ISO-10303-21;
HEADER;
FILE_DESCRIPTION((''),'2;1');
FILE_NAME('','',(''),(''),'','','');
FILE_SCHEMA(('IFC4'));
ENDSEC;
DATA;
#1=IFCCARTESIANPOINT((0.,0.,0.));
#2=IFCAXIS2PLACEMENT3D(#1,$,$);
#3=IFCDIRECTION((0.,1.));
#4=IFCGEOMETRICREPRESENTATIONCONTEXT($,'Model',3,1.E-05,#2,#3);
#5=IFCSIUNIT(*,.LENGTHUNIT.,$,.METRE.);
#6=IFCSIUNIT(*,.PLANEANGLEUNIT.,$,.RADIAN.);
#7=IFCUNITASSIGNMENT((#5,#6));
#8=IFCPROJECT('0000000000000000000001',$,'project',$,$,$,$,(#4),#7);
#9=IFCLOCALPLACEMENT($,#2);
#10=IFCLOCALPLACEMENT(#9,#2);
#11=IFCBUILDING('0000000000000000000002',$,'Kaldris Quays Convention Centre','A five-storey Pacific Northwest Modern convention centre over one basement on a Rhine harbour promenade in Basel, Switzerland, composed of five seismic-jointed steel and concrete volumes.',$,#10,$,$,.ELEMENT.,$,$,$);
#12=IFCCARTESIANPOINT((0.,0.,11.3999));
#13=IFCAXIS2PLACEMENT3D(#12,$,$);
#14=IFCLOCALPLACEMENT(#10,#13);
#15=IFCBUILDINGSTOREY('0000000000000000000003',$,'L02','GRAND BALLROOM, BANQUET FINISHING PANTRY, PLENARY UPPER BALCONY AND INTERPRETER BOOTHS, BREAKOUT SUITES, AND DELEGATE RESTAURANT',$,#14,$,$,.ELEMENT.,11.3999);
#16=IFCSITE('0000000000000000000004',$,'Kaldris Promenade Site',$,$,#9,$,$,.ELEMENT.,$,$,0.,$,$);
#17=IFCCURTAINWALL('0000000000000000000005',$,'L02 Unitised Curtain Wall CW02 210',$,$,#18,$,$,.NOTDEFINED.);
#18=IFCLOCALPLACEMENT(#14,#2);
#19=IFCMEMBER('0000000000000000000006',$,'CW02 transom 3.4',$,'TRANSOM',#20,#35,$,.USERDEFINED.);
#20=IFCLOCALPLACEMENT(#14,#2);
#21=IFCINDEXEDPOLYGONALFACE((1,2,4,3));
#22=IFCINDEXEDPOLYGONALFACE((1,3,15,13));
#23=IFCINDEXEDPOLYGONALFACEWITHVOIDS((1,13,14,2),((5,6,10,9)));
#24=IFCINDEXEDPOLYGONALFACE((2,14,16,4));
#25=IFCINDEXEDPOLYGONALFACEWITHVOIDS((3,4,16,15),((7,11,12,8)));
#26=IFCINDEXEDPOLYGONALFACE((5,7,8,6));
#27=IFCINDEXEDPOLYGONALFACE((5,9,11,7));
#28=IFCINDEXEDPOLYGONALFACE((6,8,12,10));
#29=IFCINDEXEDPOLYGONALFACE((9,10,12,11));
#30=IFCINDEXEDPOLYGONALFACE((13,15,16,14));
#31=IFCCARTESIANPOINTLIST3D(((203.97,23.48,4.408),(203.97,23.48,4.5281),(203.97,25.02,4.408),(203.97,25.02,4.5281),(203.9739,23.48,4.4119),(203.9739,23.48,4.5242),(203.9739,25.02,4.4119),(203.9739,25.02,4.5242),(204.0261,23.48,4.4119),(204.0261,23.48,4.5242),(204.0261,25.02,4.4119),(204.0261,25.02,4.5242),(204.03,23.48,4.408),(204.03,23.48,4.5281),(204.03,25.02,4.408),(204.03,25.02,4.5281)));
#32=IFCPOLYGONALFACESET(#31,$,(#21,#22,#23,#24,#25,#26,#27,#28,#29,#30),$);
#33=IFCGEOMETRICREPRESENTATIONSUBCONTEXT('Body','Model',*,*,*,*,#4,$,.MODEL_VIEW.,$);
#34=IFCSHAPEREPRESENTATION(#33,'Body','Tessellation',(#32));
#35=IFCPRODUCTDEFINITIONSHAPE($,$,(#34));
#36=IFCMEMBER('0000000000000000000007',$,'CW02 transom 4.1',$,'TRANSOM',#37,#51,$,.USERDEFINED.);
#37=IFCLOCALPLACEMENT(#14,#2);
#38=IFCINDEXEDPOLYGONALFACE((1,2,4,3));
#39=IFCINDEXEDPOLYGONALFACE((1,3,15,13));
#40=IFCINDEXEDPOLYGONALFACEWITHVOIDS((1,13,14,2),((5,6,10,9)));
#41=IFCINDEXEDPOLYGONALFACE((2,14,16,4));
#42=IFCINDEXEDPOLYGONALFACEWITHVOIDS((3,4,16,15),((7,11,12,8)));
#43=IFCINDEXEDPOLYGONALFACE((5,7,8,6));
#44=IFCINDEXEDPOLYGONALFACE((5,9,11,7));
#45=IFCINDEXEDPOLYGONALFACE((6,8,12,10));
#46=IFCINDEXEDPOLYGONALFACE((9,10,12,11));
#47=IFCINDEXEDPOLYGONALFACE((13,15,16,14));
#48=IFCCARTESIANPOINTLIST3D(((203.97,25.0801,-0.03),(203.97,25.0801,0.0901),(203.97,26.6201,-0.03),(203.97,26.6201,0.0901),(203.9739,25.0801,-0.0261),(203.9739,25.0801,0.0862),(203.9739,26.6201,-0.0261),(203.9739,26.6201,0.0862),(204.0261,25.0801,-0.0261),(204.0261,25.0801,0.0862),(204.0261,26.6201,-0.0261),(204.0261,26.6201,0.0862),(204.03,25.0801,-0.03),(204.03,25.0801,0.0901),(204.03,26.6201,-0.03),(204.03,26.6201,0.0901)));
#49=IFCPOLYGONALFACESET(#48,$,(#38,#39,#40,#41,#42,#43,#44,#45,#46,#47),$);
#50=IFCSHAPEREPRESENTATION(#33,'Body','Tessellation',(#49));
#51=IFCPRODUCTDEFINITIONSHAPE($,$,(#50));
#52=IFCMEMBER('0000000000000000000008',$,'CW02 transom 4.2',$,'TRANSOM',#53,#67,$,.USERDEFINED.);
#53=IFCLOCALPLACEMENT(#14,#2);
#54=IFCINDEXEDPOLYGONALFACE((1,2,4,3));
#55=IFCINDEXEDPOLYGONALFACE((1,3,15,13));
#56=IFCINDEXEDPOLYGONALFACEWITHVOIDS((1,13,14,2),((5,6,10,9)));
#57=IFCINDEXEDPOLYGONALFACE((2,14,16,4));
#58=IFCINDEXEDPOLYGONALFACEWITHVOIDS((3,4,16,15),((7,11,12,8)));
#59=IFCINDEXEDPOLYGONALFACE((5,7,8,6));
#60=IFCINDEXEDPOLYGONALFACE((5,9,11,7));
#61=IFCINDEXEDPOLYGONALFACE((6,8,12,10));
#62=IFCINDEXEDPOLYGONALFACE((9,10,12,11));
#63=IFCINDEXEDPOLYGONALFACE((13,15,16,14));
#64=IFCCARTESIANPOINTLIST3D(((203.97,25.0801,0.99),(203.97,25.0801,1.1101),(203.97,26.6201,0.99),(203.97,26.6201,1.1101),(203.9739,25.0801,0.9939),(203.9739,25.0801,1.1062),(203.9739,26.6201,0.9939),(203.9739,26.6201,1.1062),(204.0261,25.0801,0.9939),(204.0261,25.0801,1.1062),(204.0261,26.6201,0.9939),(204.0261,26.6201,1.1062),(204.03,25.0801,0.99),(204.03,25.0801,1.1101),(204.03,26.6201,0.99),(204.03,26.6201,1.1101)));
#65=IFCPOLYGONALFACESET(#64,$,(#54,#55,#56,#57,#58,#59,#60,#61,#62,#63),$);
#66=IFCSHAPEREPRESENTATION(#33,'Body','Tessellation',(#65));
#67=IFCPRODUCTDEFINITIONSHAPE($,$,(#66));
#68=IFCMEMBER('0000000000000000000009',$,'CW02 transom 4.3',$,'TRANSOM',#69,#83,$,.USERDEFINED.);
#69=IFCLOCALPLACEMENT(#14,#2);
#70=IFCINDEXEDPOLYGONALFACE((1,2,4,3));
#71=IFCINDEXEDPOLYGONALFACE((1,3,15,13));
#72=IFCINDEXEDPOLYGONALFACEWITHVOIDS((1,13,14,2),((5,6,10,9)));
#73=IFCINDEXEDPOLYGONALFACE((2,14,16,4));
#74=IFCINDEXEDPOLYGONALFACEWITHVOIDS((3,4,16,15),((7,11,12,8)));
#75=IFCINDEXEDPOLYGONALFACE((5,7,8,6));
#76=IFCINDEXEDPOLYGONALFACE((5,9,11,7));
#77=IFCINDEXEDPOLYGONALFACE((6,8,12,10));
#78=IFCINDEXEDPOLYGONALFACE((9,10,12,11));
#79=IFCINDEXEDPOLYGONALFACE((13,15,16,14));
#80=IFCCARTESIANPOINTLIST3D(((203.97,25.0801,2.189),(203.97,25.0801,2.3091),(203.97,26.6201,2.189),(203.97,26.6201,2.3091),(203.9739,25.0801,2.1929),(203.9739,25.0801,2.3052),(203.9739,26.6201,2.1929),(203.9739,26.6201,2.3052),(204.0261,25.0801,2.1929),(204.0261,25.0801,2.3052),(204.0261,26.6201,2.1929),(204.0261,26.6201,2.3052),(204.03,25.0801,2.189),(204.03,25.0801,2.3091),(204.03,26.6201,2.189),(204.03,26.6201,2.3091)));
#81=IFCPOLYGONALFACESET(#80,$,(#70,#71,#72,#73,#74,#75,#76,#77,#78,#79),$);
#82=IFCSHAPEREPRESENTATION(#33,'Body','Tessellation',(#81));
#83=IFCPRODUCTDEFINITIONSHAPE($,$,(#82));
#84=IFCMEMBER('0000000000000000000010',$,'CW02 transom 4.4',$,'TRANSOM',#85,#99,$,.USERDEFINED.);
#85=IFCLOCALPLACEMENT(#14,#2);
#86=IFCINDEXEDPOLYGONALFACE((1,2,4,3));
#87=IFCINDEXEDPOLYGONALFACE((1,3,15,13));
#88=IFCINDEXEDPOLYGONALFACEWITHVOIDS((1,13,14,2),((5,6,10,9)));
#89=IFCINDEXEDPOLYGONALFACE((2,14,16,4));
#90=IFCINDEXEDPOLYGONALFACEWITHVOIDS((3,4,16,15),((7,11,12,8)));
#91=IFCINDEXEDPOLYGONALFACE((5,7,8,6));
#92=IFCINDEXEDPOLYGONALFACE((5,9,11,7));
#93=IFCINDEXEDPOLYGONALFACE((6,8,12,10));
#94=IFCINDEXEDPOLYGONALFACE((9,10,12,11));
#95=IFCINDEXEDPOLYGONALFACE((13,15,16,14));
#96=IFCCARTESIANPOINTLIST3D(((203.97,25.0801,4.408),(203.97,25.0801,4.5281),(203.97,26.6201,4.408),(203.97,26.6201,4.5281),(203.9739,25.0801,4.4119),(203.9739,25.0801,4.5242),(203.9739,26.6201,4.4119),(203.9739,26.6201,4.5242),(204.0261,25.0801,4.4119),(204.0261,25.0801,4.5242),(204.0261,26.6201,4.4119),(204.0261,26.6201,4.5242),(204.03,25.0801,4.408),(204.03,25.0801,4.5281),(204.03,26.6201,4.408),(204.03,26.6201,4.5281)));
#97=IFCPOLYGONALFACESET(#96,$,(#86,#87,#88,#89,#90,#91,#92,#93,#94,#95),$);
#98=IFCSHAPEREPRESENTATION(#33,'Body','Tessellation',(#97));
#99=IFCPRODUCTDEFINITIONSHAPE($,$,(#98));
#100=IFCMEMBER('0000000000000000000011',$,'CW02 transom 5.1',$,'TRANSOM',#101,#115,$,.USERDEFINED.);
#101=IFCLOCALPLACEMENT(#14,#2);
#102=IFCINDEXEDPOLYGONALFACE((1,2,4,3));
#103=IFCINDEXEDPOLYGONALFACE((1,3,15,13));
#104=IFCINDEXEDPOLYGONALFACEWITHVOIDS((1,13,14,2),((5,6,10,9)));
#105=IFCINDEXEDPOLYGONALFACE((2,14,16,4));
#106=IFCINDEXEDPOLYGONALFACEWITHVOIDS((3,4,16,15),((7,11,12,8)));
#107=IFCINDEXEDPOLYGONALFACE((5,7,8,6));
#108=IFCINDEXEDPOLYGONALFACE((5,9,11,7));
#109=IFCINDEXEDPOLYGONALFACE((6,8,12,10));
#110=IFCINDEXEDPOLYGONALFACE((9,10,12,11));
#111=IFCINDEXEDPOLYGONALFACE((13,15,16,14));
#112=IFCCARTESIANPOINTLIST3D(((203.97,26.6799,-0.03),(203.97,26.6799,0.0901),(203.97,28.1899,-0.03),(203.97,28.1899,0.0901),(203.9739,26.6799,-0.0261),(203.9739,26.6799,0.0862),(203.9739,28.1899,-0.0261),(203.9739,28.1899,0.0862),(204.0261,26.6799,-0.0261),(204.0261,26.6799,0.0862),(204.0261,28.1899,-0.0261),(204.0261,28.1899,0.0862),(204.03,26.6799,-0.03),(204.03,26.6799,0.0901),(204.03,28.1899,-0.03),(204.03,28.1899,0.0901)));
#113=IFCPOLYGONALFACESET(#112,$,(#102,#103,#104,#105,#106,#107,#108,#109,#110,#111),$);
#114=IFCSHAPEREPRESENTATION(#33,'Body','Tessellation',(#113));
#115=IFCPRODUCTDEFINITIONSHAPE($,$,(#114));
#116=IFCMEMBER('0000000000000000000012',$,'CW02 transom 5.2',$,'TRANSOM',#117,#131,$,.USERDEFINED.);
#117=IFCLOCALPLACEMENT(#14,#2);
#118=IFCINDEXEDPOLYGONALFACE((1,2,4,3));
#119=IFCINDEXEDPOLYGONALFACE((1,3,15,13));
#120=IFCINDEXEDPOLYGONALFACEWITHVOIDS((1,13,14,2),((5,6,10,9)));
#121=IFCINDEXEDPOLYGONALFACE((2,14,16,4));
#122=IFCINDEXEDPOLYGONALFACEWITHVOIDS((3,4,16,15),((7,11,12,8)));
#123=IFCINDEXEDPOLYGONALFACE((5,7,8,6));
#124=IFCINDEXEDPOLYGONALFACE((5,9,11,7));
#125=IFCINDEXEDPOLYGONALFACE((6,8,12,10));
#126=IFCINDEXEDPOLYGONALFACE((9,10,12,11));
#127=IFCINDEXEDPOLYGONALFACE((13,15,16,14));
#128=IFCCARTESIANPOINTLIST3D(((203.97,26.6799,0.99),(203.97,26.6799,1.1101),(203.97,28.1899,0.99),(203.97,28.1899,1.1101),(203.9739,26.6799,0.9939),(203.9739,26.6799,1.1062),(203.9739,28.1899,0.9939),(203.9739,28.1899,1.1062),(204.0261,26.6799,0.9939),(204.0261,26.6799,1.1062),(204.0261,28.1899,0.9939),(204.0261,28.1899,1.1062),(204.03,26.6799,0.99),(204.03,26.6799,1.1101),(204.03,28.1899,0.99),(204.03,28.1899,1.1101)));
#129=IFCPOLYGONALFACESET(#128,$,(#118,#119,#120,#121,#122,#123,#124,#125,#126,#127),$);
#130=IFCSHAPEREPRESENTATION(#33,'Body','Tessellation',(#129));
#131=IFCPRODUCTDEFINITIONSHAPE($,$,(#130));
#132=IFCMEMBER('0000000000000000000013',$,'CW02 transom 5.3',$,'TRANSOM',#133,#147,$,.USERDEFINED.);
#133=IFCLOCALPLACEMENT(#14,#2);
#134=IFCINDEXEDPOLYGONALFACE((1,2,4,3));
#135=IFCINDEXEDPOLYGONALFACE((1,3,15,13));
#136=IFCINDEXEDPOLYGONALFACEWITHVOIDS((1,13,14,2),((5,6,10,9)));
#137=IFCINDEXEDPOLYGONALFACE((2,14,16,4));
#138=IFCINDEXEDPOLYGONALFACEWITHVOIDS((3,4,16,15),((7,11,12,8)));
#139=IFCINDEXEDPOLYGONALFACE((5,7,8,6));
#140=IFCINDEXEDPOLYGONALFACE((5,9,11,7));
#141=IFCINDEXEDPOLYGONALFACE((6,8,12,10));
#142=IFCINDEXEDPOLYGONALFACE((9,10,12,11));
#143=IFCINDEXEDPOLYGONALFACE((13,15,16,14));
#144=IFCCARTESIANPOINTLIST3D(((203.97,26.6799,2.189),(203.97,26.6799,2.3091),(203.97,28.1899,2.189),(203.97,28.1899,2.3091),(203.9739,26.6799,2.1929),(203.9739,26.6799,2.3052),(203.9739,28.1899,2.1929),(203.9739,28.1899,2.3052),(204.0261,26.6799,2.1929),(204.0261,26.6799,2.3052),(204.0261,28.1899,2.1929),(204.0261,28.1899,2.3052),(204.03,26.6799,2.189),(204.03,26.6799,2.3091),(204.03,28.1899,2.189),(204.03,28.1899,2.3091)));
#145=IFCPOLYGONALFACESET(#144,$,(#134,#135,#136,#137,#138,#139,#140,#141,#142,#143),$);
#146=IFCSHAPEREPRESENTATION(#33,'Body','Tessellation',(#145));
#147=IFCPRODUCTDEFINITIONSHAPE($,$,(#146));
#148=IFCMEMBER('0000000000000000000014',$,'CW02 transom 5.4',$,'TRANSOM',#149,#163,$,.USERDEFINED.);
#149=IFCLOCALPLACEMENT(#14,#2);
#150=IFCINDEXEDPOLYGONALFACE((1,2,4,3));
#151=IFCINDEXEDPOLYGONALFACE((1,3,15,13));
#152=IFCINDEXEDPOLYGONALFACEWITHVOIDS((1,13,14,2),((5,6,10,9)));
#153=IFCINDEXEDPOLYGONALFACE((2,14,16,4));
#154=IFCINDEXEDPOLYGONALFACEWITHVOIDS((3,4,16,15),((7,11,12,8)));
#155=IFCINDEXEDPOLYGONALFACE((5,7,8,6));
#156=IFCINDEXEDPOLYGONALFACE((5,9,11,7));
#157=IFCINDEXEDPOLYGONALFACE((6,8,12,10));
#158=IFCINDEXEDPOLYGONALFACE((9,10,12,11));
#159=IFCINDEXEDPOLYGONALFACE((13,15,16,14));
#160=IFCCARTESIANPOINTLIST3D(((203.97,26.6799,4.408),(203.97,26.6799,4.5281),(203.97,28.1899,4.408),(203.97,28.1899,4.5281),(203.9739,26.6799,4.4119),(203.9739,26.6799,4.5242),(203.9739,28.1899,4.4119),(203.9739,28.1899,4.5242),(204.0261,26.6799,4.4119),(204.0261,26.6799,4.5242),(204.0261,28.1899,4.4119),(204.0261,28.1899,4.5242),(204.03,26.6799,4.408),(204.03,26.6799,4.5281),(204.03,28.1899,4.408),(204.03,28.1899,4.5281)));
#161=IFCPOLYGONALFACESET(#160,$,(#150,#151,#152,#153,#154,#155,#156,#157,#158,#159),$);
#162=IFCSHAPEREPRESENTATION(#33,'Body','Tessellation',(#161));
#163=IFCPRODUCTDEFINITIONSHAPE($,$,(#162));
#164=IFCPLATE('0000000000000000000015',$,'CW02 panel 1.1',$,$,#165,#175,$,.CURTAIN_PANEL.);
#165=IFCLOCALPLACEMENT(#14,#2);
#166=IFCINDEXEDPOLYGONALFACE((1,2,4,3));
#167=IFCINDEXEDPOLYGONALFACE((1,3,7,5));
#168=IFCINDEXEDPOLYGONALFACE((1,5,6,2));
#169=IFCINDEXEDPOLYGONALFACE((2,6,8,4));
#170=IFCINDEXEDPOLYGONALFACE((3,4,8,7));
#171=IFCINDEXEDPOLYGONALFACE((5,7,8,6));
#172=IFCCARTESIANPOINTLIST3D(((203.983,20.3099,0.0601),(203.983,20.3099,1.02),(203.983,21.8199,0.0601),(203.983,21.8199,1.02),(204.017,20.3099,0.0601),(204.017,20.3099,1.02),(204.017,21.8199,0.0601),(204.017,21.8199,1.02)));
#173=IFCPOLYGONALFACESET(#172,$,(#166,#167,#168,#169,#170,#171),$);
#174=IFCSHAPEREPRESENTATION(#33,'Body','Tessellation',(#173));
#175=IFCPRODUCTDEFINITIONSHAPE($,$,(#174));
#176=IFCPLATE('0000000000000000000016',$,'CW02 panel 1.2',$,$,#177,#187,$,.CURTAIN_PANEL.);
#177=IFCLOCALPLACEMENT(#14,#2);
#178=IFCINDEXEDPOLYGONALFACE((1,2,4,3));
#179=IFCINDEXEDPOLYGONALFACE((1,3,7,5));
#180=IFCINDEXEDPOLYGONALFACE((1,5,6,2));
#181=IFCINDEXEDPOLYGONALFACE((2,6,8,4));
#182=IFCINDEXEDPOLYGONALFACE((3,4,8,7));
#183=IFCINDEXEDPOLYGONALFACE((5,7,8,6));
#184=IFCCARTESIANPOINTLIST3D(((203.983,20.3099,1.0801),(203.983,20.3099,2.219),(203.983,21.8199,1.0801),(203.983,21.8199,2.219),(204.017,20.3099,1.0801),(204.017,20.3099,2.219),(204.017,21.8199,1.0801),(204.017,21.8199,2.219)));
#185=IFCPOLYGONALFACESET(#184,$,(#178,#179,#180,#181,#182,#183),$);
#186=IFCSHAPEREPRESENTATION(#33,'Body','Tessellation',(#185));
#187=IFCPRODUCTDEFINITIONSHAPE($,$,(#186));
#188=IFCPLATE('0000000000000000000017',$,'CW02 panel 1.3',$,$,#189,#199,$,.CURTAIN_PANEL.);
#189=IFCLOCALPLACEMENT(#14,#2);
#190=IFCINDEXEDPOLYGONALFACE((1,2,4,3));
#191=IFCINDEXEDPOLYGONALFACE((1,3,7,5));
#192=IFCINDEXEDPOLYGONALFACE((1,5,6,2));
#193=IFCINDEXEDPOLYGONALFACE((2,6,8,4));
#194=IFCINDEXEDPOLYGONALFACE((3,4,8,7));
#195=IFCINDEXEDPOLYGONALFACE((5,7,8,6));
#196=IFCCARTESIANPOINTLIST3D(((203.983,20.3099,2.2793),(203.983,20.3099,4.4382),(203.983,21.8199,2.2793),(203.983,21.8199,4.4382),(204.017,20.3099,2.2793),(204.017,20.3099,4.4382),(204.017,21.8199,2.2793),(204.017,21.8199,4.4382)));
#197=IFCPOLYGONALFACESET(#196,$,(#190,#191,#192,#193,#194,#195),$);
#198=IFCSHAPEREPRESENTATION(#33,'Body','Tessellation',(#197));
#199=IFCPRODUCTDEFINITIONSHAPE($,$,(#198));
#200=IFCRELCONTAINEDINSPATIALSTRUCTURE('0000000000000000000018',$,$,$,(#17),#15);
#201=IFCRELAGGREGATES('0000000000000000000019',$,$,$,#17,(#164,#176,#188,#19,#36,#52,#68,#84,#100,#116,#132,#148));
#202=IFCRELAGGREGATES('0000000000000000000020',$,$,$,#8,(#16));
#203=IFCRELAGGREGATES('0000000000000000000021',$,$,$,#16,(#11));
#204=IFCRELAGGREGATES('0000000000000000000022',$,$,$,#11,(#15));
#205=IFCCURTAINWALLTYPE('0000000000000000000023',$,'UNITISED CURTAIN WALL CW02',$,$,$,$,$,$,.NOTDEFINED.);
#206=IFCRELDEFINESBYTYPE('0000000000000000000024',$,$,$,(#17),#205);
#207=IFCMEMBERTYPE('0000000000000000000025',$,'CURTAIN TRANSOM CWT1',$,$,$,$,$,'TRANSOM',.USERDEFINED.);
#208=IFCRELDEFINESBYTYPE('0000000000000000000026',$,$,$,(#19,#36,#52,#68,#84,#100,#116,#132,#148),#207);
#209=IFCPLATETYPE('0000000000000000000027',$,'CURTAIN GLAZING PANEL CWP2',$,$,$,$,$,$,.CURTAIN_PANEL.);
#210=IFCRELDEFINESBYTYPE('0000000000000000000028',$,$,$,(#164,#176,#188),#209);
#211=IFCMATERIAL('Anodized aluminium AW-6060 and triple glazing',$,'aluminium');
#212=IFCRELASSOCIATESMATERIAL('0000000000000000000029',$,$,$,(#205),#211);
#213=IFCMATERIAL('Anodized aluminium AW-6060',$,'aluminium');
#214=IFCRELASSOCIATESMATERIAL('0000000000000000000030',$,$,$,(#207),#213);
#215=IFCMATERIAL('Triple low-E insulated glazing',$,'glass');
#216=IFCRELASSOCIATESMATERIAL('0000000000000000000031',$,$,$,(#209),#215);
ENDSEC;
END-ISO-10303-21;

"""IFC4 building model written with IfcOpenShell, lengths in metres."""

from ifc_helpers import new_model, si_unit, direction, frame, origin, origin_2d, place, context, subcontext, project, spatial, rectangle, hollow_rectangle, extrude, material, material_profile, profile_set, type_object, element, aggregate, save


model = new_model("IFC4")

# Units and contexts
model_context = context("Model", 3, precision=1e-05, world=origin(), true_north=direction((0.0, 1.0)))
body_context = subcontext(model_context, "Body", "Model", "MODEL_VIEW")
ifc_project = project(units=[si_unit("LENGTHUNIT", "METRE"), si_unit("PLANEANGLEUNIT", "RADIAN")], contexts=[model_context])

# Site, building, storey
site_placement = place(None, origin())
site = spatial("IfcSite", under=ifc_project, at=site_placement, Name="Kaldris Promenade Site", CompositionType="ELEMENT", RefElevation=0.0)
building_placement = place(site_placement, origin())
building = spatial("IfcBuilding", under=site, at=building_placement, Name="Kaldris Quays Convention Centre", Description="A five-storey Pacific Northwest Modern convention centre over one basement on a Rhine harbour promenade in Basel, Switzerland, composed of five seismic-jointed steel and concrete volumes.", CompositionType="ELEMENT")
storey_placement = place(building_placement, frame((0.0, 0.0, 11.3999)))
storey = spatial("IfcBuildingStorey", under=building, at=storey_placement, Name="L02", Description="GRAND BALLROOM, BANQUET FINISHING PANTRY, PLENARY UPPER BALCONY AND INTERPRETER BOOTHS, BREAKOUT SUITES, AND DELEGATE RESTAURANT", CompositionType="ELEMENT", Elevation=11.3999)

# Curtain wall, members, plates
ifc_material_1 = material(Name="Anodized aluminium AW-6060 and triple glazing", Category="aluminium")
curtain_wall_type = type_object("IfcCurtainWallType", Name="UNITISED CURTAIN WALL CW02", PredefinedType="NOTDEFINED", material=ifc_material_1)
curtain_wall_placement = place(storey_placement, origin())
curtain_wall = element("IfcCurtainWall", 1, at=curtain_wall_placement, inside=storey, type_object=curtain_wall_type, Name="L02 Unitised Curtain Wall CW02 210", PredefinedType="NOTDEFINED")
ifc_material_2 = material(Name="Anodized aluminium AW-6060", Category="aluminium")
ifc_material_profile_1 = material_profile(ifc_material_2, hollow_rectangle(XDim=0.0601, YDim=0.1201, WallThickness=0.0039, at=origin_2d()), Name="RHS 120x60x4")
ifc_profile_set_1 = profile_set([ifc_material_profile_1], Name="Anodized aluminium AW-6060")
member_type_1 = type_object("IfcMemberType", Name="CURTAIN TRANSOM CWT1", ElementType="TRANSOM", PredefinedType="USERDEFINED", material=ifc_profile_set_1)
member_1_placement = place(storey_placement, frame((204.0, 23.48, 4.468), z_axis=(0.0, 1.0, 0.0), x_axis=(-1.0, 0.0, 0.0)))
member_1 = element("IfcMember", 2, at=member_1_placement, type_object=member_type_1, Name="CW02 transom 3.4", ObjectType="TRANSOM", PredefinedType="USERDEFINED", context=body_context, shape_type="SweptSolid", body=[
    extrude(hollow_rectangle(XDim=0.0601, YDim=0.1201, WallThickness=0.0039, at=origin_2d()), origin(), (0.0, 0.0, 1.0), 1.54),
])
member_2_placement = place(storey_placement, frame((204.0, 25.0801, 0.03), z_axis=(0.0, 1.0, 0.0), x_axis=(-1.0, 0.0, 0.0)))
member_2 = element("IfcMember", 3, at=member_2_placement, type_object=member_type_1, Name="CW02 transom 4.1", ObjectType="TRANSOM", PredefinedType="USERDEFINED", context=body_context, shape_type="SweptSolid", body=[
    extrude(hollow_rectangle(XDim=0.0601, YDim=0.1201, WallThickness=0.0039, at=origin_2d()), origin(), (0.0, 0.0, 1.0), 1.54),
])
member_3_placement = place(storey_placement, frame((204.0, 25.0801, 1.05), z_axis=(0.0, 1.0, 0.0), x_axis=(-1.0, 0.0, 0.0)))
member_3 = element("IfcMember", 4, at=member_3_placement, type_object=member_type_1, Name="CW02 transom 4.2", ObjectType="TRANSOM", PredefinedType="USERDEFINED", context=body_context, shape_type="SweptSolid", body=[
    extrude(hollow_rectangle(XDim=0.0601, YDim=0.1201, WallThickness=0.0039, at=origin_2d()), origin(), (0.0, 0.0, 1.0), 1.54),
])
member_4_placement = place(storey_placement, frame((204.0, 25.0801, 2.249), z_axis=(0.0, 1.0, 0.0), x_axis=(-1.0, 0.0, 0.0)))
member_4 = element("IfcMember", 5, at=member_4_placement, type_object=member_type_1, Name="CW02 transom 4.3", ObjectType="TRANSOM", PredefinedType="USERDEFINED", context=body_context, shape_type="SweptSolid", body=[
    extrude(hollow_rectangle(XDim=0.0601, YDim=0.1201, WallThickness=0.0039, at=origin_2d()), origin(), (0.0, 0.0, 1.0), 1.54),
])
member_5_placement = place(storey_placement, frame((204.0, 25.0801, 4.468), z_axis=(0.0, 1.0, 0.0), x_axis=(-1.0, 0.0, 0.0)))
member_5 = element("IfcMember", 6, at=member_5_placement, type_object=member_type_1, Name="CW02 transom 4.4", ObjectType="TRANSOM", PredefinedType="USERDEFINED", context=body_context, shape_type="SweptSolid", body=[
    extrude(hollow_rectangle(XDim=0.0601, YDim=0.1201, WallThickness=0.0039, at=origin_2d()), origin(), (0.0, 0.0, 1.0), 1.54),
])
member_6_placement = place(storey_placement, frame((204.0, 26.6799, 0.03), z_axis=(0.0, 1.0, 0.0), x_axis=(-1.0, 0.0, 0.0)))
member_6 = element("IfcMember", 7, at=member_6_placement, type_object=member_type_1, Name="CW02 transom 5.1", ObjectType="TRANSOM", PredefinedType="USERDEFINED", context=body_context, shape_type="SweptSolid", body=[
    extrude(hollow_rectangle(XDim=0.0601, YDim=0.1201, WallThickness=0.0039, at=origin_2d()), origin(), (0.0, 0.0, 1.0), 1.51),
])
member_7_placement = place(storey_placement, frame((204.0, 26.6799, 1.05), z_axis=(0.0, 1.0, 0.0), x_axis=(-1.0, 0.0, 0.0)))
member_7 = element("IfcMember", 8, at=member_7_placement, type_object=member_type_1, Name="CW02 transom 5.2", ObjectType="TRANSOM", PredefinedType="USERDEFINED", context=body_context, shape_type="SweptSolid", body=[
    extrude(hollow_rectangle(XDim=0.0601, YDim=0.1201, WallThickness=0.0039, at=origin_2d()), origin(), (0.0, 0.0, 1.0), 1.51),
])
member_8_placement = place(storey_placement, frame((204.0, 26.6799, 2.249), z_axis=(0.0, 1.0, 0.0), x_axis=(-1.0, 0.0, 0.0)))
member_8 = element("IfcMember", 9, at=member_8_placement, type_object=member_type_1, Name="CW02 transom 5.3", ObjectType="TRANSOM", PredefinedType="USERDEFINED", context=body_context, shape_type="SweptSolid", body=[
    extrude(hollow_rectangle(XDim=0.0601, YDim=0.1201, WallThickness=0.0039, at=origin_2d()), origin(), (0.0, 0.0, 1.0), 1.51),
])
member_9_placement = place(storey_placement, frame((204.0, 26.6799, 4.468), z_axis=(0.0, 1.0, 0.0), x_axis=(-1.0, 0.0, 0.0)))
member_9 = element("IfcMember", 10, at=member_9_placement, type_object=member_type_1, Name="CW02 transom 5.4", ObjectType="TRANSOM", PredefinedType="USERDEFINED", context=body_context, shape_type="SweptSolid", body=[
    extrude(hollow_rectangle(XDim=0.0601, YDim=0.1201, WallThickness=0.0039, at=origin_2d()), origin(), (0.0, 0.0, 1.0), 1.51),
])
ifc_material_3 = material(Name="Triple low-E insulated glazing", Category="glass")
plate_type = type_object("IfcPlateType", Name="CURTAIN GLAZING PANEL CWP2", PredefinedType="CURTAIN_PANEL", material=ifc_material_3)
plate_1_placement = place(storey_placement, frame((204.0, 21.0649, 0.0601), z_axis=(0.0, 0.0, 1.0), x_axis=(0.0, 1.0, 0.0)))
plate_1 = element("IfcPlate", 11, at=plate_1_placement, type_object=plate_type, Name="CW02 panel 1.1", PredefinedType="CURTAIN_PANEL", context=body_context, shape_type="SweptSolid", body=[
    extrude(rectangle(XDim=1.51, YDim=0.0339, at=origin_2d()), origin(), (0.0, 0.0, 1.0), 0.96),
])
plate_2_placement = place(storey_placement, frame((204.0, 21.0649, 1.0801), z_axis=(0.0, 0.0, 1.0), x_axis=(0.0, 1.0, 0.0)))
plate_2 = element("IfcPlate", 12, at=plate_2_placement, type_object=plate_type, Name="CW02 panel 1.2", PredefinedType="CURTAIN_PANEL", context=body_context, shape_type="SweptSolid", body=[
    extrude(rectangle(XDim=1.51, YDim=0.0339, at=origin_2d()), origin(), (0.0, 0.0, 1.0), 1.1389),
])
plate_3_placement = place(storey_placement, frame((204.0, 21.0649, 2.2793), z_axis=(0.0, 0.0, 1.0), x_axis=(0.0, 1.0, 0.0)))
plate_3 = element("IfcPlate", 13, at=plate_3_placement, type_object=plate_type, Name="CW02 panel 1.3", PredefinedType="CURTAIN_PANEL", context=body_context, shape_type="SweptSolid", body=[
    extrude(rectangle(XDim=1.51, YDim=0.0339, at=origin_2d()), origin(), (0.0, 0.0, 1.0), 2.1589),
])
aggregate(curtain_wall, [plate_1, plate_2, plate_3, member_1, member_2, member_3, member_4, member_5, member_6, member_7, member_8, member_9])

save(model, "model.ifc")
